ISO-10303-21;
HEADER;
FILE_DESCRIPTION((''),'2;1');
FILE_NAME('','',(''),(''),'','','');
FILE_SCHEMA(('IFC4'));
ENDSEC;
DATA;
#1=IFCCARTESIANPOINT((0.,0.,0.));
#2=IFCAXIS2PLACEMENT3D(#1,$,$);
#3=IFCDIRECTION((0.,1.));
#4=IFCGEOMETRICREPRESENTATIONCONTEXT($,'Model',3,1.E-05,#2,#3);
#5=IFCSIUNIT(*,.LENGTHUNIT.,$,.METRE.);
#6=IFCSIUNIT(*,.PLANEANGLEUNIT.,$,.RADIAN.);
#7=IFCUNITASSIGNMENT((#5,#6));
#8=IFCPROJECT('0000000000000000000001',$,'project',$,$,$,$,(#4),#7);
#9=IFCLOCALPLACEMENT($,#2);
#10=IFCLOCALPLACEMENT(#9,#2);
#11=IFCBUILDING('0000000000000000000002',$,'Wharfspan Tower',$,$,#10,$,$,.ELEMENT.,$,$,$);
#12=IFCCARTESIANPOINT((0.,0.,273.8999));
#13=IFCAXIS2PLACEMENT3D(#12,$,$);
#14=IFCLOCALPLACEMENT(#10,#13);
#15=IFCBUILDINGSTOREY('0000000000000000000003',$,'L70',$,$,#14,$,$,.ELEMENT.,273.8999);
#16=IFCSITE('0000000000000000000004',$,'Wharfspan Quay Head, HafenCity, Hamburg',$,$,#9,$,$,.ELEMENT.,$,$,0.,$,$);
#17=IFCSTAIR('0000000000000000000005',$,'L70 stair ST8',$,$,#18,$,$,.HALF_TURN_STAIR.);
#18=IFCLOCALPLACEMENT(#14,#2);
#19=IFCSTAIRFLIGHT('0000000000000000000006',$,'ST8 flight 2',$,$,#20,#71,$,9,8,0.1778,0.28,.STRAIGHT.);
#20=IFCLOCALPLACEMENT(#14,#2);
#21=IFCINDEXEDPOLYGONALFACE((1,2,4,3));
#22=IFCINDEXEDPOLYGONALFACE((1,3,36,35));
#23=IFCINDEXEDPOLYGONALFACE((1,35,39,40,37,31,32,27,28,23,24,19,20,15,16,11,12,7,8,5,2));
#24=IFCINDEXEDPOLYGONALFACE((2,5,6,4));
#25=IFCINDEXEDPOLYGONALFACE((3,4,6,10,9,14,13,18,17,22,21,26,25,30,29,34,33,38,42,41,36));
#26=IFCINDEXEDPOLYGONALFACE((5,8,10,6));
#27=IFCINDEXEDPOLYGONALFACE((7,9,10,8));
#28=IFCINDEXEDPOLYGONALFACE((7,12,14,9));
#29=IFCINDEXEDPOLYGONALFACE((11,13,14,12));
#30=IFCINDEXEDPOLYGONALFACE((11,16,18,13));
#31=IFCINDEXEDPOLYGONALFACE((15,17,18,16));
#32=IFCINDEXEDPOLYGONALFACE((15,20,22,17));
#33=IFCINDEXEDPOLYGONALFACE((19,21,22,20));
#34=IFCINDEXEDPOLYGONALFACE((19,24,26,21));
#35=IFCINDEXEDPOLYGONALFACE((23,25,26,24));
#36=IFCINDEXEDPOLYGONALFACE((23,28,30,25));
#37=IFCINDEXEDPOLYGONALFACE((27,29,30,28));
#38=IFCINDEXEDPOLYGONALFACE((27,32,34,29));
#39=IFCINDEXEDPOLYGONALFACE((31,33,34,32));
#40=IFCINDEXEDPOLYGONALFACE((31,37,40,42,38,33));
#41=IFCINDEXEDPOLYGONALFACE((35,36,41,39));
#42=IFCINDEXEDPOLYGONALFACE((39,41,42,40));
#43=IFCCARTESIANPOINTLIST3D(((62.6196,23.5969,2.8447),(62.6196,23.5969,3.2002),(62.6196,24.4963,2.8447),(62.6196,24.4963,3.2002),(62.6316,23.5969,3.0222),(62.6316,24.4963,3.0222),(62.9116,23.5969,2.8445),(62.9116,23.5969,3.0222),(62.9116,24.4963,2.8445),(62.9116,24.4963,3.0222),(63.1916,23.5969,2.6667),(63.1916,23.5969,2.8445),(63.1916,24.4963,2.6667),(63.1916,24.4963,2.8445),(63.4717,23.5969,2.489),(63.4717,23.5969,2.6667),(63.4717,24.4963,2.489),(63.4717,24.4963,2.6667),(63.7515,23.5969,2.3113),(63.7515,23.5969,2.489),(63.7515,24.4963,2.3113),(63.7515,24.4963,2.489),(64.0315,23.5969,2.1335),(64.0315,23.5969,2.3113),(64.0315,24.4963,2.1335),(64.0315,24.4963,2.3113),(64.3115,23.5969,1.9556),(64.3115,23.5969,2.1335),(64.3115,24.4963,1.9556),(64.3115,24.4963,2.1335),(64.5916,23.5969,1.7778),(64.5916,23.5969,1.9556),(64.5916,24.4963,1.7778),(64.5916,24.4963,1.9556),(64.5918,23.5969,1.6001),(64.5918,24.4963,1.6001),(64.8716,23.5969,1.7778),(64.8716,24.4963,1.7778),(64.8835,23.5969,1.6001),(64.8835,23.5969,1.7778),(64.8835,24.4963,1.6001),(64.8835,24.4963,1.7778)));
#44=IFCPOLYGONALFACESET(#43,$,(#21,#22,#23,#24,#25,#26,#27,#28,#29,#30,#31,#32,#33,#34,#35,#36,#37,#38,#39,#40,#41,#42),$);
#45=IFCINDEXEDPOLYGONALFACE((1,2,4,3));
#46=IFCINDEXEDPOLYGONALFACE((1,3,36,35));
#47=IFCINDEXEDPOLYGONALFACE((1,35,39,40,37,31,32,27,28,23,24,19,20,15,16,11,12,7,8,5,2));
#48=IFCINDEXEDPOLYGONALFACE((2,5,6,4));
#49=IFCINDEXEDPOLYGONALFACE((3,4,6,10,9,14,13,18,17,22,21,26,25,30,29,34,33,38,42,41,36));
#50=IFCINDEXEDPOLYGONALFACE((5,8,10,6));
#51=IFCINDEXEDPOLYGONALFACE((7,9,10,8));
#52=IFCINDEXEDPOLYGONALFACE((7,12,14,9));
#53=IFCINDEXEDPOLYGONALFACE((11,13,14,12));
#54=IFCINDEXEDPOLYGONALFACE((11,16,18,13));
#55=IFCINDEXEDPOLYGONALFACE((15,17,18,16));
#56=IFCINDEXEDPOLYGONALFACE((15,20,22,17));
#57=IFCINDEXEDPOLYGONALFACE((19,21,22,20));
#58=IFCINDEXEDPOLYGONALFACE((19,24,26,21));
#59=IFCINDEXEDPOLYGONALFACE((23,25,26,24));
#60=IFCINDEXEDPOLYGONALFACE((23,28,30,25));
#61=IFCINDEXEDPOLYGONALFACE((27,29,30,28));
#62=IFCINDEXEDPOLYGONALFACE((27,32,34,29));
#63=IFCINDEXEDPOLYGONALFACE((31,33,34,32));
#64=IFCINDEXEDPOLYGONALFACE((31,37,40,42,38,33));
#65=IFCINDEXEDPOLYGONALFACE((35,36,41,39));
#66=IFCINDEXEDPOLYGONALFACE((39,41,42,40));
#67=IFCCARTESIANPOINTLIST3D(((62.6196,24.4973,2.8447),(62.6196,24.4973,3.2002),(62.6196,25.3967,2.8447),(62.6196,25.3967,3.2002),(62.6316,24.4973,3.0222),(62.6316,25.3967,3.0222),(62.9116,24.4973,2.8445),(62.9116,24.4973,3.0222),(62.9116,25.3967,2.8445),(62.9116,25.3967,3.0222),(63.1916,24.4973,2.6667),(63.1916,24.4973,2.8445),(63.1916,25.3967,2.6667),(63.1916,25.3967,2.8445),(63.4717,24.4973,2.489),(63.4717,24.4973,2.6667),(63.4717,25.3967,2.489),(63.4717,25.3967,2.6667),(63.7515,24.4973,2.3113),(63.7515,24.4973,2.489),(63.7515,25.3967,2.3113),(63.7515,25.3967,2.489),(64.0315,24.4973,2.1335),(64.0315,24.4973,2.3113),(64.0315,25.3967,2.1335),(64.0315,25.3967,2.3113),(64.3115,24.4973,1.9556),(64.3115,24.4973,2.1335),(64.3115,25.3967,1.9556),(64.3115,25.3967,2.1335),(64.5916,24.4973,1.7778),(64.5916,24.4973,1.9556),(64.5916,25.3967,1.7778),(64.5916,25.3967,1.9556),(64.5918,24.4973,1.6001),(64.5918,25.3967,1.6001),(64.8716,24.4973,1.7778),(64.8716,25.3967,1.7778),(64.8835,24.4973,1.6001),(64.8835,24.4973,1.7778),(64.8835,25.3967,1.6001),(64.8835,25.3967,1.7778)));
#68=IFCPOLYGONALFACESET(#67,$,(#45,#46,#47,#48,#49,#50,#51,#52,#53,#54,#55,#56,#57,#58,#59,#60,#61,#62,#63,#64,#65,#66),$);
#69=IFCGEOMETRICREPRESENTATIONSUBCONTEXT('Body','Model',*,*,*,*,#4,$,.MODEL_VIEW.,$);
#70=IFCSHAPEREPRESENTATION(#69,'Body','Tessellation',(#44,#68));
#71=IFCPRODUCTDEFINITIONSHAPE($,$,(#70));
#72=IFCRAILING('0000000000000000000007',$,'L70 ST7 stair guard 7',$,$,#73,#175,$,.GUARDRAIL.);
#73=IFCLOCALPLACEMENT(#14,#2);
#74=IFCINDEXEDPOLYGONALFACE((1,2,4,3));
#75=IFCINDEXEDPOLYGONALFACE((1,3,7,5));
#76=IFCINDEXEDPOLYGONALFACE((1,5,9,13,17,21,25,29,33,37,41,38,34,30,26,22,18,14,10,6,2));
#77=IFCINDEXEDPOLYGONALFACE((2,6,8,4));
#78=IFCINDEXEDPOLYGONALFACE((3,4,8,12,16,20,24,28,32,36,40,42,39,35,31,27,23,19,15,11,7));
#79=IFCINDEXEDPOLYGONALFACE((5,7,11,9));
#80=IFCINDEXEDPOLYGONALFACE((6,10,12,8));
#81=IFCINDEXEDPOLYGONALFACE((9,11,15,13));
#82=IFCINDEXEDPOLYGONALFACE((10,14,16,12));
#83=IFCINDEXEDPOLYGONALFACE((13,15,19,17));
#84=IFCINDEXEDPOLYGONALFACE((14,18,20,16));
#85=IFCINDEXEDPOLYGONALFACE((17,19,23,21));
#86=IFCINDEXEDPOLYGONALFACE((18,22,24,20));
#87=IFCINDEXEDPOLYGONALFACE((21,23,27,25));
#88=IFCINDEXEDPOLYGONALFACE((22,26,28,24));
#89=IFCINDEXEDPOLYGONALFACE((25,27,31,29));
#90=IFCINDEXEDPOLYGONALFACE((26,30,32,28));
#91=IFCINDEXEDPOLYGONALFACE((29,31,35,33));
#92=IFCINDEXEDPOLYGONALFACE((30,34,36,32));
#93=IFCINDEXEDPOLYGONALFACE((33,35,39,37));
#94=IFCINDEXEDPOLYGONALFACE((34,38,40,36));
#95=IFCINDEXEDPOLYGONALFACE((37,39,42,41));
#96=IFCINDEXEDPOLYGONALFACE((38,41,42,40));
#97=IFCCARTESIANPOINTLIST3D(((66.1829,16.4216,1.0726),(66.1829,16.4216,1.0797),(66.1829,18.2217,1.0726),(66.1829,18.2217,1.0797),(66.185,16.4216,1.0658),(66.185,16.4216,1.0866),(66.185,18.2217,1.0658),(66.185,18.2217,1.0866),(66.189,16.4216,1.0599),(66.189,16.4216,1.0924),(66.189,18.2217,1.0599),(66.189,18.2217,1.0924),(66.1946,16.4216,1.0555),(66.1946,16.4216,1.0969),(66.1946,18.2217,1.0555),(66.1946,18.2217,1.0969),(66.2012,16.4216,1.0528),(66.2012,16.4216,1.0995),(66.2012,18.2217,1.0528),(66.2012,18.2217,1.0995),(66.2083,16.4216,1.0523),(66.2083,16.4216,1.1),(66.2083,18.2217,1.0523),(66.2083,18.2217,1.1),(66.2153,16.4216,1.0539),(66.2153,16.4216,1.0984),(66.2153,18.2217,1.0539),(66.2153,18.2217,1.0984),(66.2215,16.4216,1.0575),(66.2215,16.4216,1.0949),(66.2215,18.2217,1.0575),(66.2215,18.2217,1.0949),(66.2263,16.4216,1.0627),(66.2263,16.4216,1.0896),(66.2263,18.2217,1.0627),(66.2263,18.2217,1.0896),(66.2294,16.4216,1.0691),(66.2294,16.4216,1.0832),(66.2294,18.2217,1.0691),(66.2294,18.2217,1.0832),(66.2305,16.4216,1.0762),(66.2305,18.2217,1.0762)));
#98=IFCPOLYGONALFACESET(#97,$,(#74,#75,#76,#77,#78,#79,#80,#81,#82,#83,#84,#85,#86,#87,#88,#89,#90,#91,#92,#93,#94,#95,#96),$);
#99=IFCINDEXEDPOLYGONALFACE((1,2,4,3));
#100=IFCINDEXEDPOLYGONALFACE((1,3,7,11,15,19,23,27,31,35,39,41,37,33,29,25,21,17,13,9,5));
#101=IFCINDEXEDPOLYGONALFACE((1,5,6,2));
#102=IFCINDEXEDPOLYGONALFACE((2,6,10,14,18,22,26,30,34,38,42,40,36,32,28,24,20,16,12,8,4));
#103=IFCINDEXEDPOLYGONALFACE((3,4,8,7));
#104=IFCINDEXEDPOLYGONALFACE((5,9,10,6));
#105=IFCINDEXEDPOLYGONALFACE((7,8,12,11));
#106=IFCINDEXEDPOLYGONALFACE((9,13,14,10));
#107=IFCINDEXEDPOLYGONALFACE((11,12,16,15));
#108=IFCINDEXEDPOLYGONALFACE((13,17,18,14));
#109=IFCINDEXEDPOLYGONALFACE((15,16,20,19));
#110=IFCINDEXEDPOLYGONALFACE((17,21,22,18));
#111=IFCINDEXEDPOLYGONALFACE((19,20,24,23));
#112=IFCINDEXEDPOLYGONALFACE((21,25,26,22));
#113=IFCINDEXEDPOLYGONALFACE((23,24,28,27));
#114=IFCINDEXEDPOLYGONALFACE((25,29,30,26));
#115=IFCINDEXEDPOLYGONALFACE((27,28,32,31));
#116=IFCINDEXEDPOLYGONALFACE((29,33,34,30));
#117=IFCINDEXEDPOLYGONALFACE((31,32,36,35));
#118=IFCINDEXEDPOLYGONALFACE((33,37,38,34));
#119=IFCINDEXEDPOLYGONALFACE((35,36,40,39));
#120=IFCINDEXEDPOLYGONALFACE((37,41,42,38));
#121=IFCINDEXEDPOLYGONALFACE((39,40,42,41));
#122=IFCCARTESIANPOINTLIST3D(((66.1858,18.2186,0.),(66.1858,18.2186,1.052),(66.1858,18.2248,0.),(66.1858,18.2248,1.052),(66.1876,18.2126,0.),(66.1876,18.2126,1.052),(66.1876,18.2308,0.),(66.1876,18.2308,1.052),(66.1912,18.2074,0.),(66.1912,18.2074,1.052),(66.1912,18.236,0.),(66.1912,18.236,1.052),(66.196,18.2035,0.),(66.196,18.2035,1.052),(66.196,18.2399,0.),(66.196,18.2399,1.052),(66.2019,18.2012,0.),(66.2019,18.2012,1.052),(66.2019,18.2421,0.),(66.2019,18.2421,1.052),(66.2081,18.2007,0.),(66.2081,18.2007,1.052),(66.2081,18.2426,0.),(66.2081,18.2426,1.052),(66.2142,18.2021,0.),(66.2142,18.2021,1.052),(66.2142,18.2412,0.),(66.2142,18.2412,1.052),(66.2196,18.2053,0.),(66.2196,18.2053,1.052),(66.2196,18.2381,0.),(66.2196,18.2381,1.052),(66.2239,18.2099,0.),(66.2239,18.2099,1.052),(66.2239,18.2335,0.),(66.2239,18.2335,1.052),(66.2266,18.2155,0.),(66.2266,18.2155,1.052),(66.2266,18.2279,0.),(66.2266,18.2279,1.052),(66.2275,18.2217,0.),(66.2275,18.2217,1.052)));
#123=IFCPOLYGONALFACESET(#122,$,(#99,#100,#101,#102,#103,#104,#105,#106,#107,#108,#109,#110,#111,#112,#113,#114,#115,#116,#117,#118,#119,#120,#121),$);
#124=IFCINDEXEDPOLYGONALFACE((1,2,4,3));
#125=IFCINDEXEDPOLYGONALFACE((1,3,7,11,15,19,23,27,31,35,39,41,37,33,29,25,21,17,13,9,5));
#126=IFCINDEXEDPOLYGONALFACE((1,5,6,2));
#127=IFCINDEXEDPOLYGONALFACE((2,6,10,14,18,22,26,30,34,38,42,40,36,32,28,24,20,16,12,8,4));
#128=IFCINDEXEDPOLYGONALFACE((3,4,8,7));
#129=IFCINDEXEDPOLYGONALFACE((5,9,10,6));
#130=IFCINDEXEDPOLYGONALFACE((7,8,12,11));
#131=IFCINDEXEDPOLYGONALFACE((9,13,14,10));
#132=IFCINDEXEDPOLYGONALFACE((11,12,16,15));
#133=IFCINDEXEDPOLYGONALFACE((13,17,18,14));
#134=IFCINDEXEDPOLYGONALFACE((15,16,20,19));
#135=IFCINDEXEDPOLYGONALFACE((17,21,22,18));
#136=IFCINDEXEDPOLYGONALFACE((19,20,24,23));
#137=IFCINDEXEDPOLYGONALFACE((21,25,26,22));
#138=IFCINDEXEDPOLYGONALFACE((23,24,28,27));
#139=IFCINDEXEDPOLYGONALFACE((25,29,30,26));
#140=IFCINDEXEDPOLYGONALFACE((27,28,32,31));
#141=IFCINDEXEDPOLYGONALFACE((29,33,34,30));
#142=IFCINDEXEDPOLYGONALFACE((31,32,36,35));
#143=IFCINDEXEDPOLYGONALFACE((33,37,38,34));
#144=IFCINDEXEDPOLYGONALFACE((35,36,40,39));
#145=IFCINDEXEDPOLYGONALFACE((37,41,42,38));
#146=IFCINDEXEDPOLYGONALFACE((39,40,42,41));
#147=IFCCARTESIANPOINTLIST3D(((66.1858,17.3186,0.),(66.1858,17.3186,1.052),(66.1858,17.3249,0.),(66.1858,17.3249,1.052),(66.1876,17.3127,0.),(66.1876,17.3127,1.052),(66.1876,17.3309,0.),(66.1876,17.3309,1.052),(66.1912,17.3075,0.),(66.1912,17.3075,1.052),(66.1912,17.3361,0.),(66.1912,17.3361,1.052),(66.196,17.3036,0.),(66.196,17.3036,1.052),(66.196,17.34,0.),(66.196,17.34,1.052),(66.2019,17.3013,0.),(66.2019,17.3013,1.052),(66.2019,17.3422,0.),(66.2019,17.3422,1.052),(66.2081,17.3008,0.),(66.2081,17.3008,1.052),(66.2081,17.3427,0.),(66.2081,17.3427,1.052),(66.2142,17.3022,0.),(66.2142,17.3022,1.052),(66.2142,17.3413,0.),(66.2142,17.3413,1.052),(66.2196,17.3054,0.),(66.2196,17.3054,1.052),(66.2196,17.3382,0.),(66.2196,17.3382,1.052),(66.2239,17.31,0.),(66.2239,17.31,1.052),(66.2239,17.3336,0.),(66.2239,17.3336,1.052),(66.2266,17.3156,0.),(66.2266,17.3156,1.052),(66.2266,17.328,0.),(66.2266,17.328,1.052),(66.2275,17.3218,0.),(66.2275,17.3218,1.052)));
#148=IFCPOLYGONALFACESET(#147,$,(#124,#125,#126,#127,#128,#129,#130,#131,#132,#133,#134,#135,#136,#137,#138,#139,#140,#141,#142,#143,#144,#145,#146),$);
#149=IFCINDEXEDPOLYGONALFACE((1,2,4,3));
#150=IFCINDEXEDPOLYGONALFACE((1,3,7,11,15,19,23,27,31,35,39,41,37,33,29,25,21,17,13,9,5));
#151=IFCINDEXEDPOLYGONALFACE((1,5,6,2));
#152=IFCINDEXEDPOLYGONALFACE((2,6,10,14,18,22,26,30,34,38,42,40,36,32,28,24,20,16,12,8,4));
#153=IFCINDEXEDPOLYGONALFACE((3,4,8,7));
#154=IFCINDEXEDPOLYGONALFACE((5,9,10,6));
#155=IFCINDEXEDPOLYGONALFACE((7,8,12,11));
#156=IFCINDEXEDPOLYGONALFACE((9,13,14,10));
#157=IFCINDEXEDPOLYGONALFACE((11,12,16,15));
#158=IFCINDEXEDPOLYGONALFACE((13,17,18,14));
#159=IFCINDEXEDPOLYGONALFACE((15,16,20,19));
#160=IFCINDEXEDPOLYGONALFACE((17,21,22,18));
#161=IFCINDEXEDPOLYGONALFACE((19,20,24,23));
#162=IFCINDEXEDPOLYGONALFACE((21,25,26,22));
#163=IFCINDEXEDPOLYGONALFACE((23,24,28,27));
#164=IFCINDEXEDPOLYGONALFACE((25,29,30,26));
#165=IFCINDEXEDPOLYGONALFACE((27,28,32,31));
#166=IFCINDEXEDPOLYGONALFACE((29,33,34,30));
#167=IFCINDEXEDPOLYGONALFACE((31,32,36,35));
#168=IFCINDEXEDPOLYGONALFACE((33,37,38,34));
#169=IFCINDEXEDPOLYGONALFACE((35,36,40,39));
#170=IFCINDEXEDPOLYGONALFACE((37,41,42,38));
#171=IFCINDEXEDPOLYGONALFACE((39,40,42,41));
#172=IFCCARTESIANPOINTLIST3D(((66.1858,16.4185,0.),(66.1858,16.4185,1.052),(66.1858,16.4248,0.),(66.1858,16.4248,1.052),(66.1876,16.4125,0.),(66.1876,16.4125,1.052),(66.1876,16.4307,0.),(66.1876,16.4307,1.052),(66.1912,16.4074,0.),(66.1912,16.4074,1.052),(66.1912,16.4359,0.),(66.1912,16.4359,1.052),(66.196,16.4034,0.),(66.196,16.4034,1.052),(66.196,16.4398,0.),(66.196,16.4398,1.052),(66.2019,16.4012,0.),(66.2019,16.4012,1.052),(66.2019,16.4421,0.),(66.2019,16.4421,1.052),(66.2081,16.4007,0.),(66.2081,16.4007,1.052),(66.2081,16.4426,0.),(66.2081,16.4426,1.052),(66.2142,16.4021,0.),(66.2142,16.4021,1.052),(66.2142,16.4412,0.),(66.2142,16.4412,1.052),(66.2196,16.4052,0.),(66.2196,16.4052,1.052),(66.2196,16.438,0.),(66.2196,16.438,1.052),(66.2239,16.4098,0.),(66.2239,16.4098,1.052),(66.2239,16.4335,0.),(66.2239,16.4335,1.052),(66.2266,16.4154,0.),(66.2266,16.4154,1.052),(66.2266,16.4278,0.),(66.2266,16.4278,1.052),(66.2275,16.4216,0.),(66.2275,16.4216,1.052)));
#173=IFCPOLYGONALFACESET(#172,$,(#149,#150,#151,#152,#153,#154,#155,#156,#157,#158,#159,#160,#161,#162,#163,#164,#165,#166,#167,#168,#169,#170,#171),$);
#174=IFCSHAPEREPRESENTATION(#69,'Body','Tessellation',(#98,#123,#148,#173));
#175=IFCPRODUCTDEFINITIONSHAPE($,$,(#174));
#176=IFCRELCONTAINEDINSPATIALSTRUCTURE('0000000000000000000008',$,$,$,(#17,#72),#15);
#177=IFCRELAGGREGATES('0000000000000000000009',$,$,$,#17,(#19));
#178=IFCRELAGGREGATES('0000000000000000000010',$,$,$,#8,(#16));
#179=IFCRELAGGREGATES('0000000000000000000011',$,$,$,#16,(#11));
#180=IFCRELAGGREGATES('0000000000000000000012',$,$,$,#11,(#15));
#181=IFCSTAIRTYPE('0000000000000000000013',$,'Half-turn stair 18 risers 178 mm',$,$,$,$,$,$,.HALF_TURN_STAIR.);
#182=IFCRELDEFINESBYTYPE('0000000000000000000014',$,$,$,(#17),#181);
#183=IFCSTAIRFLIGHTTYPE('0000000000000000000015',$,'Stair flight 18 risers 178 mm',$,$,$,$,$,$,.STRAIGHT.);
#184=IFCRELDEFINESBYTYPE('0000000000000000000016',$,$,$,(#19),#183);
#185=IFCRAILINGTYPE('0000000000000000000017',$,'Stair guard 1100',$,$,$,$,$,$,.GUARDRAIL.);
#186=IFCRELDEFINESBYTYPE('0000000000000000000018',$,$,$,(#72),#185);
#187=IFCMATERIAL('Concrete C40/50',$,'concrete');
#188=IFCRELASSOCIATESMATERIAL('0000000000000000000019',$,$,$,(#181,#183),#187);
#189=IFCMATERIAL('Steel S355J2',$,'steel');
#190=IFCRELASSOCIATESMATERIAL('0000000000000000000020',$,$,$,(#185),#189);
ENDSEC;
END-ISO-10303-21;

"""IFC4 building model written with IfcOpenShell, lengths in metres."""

from ifc_helpers import new_model, si_unit, direction, frame, origin, origin_2d, place, context, subcontext, project, spatial, polyline, circle, outline, extrude, material, type_object, element, aggregate, save


model = new_model("IFC4")

# Units and contexts
model_context = context("Model", 3, precision=1e-05, world=origin(), true_north=direction((0.0, 1.0)))
body_context = subcontext(model_context, "Body", "Model", "MODEL_VIEW")
ifc_project = project(units=[si_unit("LENGTHUNIT", "METRE"), si_unit("PLANEANGLEUNIT", "RADIAN")], contexts=[model_context])

# Site, building, storey
site_placement = place(None, origin())
site = spatial("IfcSite", under=ifc_project, at=site_placement, Name="Wharfspan Quay Head, HafenCity, Hamburg", CompositionType="ELEMENT", RefElevation=0.0)
building_placement = place(site_placement, origin())
building = spatial("IfcBuilding", under=site, at=building_placement, Name="Wharfspan Tower", CompositionType="ELEMENT")
storey_placement = place(building_placement, frame((0.0, 0.0, 273.8999)))
storey = spatial("IfcBuildingStorey", under=building, at=storey_placement, Name="L70", CompositionType="ELEMENT", Elevation=273.8999)

# Shared definitions
ifc_material_1 = material(Name="Steel S355J2", Category="steel")
ifc_material_2 = material(Name="Concrete C40/50", Category="concrete")

# Stair, stair flight
stair_type = type_object("IfcStairType", Name="Half-turn stair 18 risers 178 mm", PredefinedType="HALF_TURN_STAIR", material=ifc_material_2)
stair_placement = place(storey_placement, origin())
stair = element("IfcStair", 1, at=stair_placement, inside=storey, type_object=stair_type, Name="L70 stair ST8", PredefinedType="HALF_TURN_STAIR")
stair_flight_type = type_object("IfcStairFlightType", Name="Stair flight 18 risers 178 mm", PredefinedType="STRAIGHT", material=ifc_material_2)
stair_flight_1_placement = place(storey_placement, frame((64.8716, 24.4968, 1.6001), z_axis=(0.0, 0.0, 1.0), x_axis=(-1.0, 0.0, 0.0)))
stair_flight_1 = element("IfcStairFlight", 2, at=stair_flight_1_placement, type_object=stair_flight_type, Name="ST8 flight 2", NumberOfRisers=9, NumberOfTreads=8, PredefinedType="STRAIGHT", RiserHeight=0.1778, TreadLength=0.28, context=body_context, shape_type="SweptSolid", body=[
    extrude(outline(polyline([(-0.012, 0.0), (-0.012, 0.1777), (0.0, 0.1777), (0.28, 0.1777), (0.28, 0.3555), (0.5601, 0.3555), (0.5601, 0.5334), (0.8401, 0.5334), (0.8401, 0.7112), (1.1201, 0.7112), (1.1201, 0.8889), (1.3999, 0.8889), (1.3999, 1.0667), (1.6799, 1.0667), (1.6799, 1.2444), (1.96, 1.2444), (1.96, 1.4221), (2.24, 1.4221), (2.252, 1.6001), (2.252, 1.2446), (0.2798, 0.0), (-0.012, 0.0)])), frame((0.0, 0.8999, 0.0), z_axis=(0.0, -1.0, 0.0), x_axis=(1.0, 0.0, 0.0)), (0.0, 0.0, 1.0), 0.8994),
    extrude(outline(polyline([(-0.012, 0.0), (-0.012, 0.1777), (0.0, 0.1777), (0.28, 0.1777), (0.28, 0.3555), (0.5601, 0.3555), (0.5601, 0.5334), (0.8401, 0.5334), (0.8401, 0.7112), (1.1201, 0.7112), (1.1201, 0.8889), (1.3999, 0.8889), (1.3999, 1.0667), (1.6799, 1.0667), (1.6799, 1.2444), (1.96, 1.2444), (1.96, 1.4221), (2.24, 1.4221), (2.252, 1.6001), (2.252, 1.2446), (0.2798, 0.0), (-0.012, 0.0)])), frame((0.0, -0.0005, 0.0), z_axis=(0.0, -1.0, 0.0), x_axis=(1.0, 0.0, 0.0)), (0.0, 0.0, 1.0), 0.8994),
])
aggregate(stair, [stair_flight_1])

# Railing
railing_type_1 = type_object("IfcRailingType", Name="Stair guard 1100", PredefinedType="GUARDRAIL", material=ifc_material_1)
for number, where, name in (
    (3, (66.2065, 18.2217, 0.0), "L70 ST7 stair guard 7"),
):
    element("IfcRailing", number, at=place(storey_placement, frame(where)), inside=storey, type_object=railing_type_1, Name=name, PredefinedType="GUARDRAIL", context=body_context, shape_type="SweptSolid", body=[
        extrude(circle(Radius=0.0239, at=origin_2d()), frame((0.0, 0.0, 1.0762), z_axis=(0.0, -1.0, 0.0), x_axis=(1.0, 0.0, 0.0)), (0.0, 0.0, 1.0), 1.8),
        extrude(circle(Radius=0.021, at=origin_2d()), origin(), (0.0, 0.0, 1.0), 1.052),
        extrude(circle(Radius=0.021, at=origin_2d()), frame((0.0, -0.8999, 0.0)), (0.0, 0.0, 1.0), 1.052),
        extrude(circle(Radius=0.021, at=origin_2d()), frame((0.0, -1.8, 0.0)), (0.0, 0.0, 1.0), 1.052),
    ])

save(model, "model.ifc")
